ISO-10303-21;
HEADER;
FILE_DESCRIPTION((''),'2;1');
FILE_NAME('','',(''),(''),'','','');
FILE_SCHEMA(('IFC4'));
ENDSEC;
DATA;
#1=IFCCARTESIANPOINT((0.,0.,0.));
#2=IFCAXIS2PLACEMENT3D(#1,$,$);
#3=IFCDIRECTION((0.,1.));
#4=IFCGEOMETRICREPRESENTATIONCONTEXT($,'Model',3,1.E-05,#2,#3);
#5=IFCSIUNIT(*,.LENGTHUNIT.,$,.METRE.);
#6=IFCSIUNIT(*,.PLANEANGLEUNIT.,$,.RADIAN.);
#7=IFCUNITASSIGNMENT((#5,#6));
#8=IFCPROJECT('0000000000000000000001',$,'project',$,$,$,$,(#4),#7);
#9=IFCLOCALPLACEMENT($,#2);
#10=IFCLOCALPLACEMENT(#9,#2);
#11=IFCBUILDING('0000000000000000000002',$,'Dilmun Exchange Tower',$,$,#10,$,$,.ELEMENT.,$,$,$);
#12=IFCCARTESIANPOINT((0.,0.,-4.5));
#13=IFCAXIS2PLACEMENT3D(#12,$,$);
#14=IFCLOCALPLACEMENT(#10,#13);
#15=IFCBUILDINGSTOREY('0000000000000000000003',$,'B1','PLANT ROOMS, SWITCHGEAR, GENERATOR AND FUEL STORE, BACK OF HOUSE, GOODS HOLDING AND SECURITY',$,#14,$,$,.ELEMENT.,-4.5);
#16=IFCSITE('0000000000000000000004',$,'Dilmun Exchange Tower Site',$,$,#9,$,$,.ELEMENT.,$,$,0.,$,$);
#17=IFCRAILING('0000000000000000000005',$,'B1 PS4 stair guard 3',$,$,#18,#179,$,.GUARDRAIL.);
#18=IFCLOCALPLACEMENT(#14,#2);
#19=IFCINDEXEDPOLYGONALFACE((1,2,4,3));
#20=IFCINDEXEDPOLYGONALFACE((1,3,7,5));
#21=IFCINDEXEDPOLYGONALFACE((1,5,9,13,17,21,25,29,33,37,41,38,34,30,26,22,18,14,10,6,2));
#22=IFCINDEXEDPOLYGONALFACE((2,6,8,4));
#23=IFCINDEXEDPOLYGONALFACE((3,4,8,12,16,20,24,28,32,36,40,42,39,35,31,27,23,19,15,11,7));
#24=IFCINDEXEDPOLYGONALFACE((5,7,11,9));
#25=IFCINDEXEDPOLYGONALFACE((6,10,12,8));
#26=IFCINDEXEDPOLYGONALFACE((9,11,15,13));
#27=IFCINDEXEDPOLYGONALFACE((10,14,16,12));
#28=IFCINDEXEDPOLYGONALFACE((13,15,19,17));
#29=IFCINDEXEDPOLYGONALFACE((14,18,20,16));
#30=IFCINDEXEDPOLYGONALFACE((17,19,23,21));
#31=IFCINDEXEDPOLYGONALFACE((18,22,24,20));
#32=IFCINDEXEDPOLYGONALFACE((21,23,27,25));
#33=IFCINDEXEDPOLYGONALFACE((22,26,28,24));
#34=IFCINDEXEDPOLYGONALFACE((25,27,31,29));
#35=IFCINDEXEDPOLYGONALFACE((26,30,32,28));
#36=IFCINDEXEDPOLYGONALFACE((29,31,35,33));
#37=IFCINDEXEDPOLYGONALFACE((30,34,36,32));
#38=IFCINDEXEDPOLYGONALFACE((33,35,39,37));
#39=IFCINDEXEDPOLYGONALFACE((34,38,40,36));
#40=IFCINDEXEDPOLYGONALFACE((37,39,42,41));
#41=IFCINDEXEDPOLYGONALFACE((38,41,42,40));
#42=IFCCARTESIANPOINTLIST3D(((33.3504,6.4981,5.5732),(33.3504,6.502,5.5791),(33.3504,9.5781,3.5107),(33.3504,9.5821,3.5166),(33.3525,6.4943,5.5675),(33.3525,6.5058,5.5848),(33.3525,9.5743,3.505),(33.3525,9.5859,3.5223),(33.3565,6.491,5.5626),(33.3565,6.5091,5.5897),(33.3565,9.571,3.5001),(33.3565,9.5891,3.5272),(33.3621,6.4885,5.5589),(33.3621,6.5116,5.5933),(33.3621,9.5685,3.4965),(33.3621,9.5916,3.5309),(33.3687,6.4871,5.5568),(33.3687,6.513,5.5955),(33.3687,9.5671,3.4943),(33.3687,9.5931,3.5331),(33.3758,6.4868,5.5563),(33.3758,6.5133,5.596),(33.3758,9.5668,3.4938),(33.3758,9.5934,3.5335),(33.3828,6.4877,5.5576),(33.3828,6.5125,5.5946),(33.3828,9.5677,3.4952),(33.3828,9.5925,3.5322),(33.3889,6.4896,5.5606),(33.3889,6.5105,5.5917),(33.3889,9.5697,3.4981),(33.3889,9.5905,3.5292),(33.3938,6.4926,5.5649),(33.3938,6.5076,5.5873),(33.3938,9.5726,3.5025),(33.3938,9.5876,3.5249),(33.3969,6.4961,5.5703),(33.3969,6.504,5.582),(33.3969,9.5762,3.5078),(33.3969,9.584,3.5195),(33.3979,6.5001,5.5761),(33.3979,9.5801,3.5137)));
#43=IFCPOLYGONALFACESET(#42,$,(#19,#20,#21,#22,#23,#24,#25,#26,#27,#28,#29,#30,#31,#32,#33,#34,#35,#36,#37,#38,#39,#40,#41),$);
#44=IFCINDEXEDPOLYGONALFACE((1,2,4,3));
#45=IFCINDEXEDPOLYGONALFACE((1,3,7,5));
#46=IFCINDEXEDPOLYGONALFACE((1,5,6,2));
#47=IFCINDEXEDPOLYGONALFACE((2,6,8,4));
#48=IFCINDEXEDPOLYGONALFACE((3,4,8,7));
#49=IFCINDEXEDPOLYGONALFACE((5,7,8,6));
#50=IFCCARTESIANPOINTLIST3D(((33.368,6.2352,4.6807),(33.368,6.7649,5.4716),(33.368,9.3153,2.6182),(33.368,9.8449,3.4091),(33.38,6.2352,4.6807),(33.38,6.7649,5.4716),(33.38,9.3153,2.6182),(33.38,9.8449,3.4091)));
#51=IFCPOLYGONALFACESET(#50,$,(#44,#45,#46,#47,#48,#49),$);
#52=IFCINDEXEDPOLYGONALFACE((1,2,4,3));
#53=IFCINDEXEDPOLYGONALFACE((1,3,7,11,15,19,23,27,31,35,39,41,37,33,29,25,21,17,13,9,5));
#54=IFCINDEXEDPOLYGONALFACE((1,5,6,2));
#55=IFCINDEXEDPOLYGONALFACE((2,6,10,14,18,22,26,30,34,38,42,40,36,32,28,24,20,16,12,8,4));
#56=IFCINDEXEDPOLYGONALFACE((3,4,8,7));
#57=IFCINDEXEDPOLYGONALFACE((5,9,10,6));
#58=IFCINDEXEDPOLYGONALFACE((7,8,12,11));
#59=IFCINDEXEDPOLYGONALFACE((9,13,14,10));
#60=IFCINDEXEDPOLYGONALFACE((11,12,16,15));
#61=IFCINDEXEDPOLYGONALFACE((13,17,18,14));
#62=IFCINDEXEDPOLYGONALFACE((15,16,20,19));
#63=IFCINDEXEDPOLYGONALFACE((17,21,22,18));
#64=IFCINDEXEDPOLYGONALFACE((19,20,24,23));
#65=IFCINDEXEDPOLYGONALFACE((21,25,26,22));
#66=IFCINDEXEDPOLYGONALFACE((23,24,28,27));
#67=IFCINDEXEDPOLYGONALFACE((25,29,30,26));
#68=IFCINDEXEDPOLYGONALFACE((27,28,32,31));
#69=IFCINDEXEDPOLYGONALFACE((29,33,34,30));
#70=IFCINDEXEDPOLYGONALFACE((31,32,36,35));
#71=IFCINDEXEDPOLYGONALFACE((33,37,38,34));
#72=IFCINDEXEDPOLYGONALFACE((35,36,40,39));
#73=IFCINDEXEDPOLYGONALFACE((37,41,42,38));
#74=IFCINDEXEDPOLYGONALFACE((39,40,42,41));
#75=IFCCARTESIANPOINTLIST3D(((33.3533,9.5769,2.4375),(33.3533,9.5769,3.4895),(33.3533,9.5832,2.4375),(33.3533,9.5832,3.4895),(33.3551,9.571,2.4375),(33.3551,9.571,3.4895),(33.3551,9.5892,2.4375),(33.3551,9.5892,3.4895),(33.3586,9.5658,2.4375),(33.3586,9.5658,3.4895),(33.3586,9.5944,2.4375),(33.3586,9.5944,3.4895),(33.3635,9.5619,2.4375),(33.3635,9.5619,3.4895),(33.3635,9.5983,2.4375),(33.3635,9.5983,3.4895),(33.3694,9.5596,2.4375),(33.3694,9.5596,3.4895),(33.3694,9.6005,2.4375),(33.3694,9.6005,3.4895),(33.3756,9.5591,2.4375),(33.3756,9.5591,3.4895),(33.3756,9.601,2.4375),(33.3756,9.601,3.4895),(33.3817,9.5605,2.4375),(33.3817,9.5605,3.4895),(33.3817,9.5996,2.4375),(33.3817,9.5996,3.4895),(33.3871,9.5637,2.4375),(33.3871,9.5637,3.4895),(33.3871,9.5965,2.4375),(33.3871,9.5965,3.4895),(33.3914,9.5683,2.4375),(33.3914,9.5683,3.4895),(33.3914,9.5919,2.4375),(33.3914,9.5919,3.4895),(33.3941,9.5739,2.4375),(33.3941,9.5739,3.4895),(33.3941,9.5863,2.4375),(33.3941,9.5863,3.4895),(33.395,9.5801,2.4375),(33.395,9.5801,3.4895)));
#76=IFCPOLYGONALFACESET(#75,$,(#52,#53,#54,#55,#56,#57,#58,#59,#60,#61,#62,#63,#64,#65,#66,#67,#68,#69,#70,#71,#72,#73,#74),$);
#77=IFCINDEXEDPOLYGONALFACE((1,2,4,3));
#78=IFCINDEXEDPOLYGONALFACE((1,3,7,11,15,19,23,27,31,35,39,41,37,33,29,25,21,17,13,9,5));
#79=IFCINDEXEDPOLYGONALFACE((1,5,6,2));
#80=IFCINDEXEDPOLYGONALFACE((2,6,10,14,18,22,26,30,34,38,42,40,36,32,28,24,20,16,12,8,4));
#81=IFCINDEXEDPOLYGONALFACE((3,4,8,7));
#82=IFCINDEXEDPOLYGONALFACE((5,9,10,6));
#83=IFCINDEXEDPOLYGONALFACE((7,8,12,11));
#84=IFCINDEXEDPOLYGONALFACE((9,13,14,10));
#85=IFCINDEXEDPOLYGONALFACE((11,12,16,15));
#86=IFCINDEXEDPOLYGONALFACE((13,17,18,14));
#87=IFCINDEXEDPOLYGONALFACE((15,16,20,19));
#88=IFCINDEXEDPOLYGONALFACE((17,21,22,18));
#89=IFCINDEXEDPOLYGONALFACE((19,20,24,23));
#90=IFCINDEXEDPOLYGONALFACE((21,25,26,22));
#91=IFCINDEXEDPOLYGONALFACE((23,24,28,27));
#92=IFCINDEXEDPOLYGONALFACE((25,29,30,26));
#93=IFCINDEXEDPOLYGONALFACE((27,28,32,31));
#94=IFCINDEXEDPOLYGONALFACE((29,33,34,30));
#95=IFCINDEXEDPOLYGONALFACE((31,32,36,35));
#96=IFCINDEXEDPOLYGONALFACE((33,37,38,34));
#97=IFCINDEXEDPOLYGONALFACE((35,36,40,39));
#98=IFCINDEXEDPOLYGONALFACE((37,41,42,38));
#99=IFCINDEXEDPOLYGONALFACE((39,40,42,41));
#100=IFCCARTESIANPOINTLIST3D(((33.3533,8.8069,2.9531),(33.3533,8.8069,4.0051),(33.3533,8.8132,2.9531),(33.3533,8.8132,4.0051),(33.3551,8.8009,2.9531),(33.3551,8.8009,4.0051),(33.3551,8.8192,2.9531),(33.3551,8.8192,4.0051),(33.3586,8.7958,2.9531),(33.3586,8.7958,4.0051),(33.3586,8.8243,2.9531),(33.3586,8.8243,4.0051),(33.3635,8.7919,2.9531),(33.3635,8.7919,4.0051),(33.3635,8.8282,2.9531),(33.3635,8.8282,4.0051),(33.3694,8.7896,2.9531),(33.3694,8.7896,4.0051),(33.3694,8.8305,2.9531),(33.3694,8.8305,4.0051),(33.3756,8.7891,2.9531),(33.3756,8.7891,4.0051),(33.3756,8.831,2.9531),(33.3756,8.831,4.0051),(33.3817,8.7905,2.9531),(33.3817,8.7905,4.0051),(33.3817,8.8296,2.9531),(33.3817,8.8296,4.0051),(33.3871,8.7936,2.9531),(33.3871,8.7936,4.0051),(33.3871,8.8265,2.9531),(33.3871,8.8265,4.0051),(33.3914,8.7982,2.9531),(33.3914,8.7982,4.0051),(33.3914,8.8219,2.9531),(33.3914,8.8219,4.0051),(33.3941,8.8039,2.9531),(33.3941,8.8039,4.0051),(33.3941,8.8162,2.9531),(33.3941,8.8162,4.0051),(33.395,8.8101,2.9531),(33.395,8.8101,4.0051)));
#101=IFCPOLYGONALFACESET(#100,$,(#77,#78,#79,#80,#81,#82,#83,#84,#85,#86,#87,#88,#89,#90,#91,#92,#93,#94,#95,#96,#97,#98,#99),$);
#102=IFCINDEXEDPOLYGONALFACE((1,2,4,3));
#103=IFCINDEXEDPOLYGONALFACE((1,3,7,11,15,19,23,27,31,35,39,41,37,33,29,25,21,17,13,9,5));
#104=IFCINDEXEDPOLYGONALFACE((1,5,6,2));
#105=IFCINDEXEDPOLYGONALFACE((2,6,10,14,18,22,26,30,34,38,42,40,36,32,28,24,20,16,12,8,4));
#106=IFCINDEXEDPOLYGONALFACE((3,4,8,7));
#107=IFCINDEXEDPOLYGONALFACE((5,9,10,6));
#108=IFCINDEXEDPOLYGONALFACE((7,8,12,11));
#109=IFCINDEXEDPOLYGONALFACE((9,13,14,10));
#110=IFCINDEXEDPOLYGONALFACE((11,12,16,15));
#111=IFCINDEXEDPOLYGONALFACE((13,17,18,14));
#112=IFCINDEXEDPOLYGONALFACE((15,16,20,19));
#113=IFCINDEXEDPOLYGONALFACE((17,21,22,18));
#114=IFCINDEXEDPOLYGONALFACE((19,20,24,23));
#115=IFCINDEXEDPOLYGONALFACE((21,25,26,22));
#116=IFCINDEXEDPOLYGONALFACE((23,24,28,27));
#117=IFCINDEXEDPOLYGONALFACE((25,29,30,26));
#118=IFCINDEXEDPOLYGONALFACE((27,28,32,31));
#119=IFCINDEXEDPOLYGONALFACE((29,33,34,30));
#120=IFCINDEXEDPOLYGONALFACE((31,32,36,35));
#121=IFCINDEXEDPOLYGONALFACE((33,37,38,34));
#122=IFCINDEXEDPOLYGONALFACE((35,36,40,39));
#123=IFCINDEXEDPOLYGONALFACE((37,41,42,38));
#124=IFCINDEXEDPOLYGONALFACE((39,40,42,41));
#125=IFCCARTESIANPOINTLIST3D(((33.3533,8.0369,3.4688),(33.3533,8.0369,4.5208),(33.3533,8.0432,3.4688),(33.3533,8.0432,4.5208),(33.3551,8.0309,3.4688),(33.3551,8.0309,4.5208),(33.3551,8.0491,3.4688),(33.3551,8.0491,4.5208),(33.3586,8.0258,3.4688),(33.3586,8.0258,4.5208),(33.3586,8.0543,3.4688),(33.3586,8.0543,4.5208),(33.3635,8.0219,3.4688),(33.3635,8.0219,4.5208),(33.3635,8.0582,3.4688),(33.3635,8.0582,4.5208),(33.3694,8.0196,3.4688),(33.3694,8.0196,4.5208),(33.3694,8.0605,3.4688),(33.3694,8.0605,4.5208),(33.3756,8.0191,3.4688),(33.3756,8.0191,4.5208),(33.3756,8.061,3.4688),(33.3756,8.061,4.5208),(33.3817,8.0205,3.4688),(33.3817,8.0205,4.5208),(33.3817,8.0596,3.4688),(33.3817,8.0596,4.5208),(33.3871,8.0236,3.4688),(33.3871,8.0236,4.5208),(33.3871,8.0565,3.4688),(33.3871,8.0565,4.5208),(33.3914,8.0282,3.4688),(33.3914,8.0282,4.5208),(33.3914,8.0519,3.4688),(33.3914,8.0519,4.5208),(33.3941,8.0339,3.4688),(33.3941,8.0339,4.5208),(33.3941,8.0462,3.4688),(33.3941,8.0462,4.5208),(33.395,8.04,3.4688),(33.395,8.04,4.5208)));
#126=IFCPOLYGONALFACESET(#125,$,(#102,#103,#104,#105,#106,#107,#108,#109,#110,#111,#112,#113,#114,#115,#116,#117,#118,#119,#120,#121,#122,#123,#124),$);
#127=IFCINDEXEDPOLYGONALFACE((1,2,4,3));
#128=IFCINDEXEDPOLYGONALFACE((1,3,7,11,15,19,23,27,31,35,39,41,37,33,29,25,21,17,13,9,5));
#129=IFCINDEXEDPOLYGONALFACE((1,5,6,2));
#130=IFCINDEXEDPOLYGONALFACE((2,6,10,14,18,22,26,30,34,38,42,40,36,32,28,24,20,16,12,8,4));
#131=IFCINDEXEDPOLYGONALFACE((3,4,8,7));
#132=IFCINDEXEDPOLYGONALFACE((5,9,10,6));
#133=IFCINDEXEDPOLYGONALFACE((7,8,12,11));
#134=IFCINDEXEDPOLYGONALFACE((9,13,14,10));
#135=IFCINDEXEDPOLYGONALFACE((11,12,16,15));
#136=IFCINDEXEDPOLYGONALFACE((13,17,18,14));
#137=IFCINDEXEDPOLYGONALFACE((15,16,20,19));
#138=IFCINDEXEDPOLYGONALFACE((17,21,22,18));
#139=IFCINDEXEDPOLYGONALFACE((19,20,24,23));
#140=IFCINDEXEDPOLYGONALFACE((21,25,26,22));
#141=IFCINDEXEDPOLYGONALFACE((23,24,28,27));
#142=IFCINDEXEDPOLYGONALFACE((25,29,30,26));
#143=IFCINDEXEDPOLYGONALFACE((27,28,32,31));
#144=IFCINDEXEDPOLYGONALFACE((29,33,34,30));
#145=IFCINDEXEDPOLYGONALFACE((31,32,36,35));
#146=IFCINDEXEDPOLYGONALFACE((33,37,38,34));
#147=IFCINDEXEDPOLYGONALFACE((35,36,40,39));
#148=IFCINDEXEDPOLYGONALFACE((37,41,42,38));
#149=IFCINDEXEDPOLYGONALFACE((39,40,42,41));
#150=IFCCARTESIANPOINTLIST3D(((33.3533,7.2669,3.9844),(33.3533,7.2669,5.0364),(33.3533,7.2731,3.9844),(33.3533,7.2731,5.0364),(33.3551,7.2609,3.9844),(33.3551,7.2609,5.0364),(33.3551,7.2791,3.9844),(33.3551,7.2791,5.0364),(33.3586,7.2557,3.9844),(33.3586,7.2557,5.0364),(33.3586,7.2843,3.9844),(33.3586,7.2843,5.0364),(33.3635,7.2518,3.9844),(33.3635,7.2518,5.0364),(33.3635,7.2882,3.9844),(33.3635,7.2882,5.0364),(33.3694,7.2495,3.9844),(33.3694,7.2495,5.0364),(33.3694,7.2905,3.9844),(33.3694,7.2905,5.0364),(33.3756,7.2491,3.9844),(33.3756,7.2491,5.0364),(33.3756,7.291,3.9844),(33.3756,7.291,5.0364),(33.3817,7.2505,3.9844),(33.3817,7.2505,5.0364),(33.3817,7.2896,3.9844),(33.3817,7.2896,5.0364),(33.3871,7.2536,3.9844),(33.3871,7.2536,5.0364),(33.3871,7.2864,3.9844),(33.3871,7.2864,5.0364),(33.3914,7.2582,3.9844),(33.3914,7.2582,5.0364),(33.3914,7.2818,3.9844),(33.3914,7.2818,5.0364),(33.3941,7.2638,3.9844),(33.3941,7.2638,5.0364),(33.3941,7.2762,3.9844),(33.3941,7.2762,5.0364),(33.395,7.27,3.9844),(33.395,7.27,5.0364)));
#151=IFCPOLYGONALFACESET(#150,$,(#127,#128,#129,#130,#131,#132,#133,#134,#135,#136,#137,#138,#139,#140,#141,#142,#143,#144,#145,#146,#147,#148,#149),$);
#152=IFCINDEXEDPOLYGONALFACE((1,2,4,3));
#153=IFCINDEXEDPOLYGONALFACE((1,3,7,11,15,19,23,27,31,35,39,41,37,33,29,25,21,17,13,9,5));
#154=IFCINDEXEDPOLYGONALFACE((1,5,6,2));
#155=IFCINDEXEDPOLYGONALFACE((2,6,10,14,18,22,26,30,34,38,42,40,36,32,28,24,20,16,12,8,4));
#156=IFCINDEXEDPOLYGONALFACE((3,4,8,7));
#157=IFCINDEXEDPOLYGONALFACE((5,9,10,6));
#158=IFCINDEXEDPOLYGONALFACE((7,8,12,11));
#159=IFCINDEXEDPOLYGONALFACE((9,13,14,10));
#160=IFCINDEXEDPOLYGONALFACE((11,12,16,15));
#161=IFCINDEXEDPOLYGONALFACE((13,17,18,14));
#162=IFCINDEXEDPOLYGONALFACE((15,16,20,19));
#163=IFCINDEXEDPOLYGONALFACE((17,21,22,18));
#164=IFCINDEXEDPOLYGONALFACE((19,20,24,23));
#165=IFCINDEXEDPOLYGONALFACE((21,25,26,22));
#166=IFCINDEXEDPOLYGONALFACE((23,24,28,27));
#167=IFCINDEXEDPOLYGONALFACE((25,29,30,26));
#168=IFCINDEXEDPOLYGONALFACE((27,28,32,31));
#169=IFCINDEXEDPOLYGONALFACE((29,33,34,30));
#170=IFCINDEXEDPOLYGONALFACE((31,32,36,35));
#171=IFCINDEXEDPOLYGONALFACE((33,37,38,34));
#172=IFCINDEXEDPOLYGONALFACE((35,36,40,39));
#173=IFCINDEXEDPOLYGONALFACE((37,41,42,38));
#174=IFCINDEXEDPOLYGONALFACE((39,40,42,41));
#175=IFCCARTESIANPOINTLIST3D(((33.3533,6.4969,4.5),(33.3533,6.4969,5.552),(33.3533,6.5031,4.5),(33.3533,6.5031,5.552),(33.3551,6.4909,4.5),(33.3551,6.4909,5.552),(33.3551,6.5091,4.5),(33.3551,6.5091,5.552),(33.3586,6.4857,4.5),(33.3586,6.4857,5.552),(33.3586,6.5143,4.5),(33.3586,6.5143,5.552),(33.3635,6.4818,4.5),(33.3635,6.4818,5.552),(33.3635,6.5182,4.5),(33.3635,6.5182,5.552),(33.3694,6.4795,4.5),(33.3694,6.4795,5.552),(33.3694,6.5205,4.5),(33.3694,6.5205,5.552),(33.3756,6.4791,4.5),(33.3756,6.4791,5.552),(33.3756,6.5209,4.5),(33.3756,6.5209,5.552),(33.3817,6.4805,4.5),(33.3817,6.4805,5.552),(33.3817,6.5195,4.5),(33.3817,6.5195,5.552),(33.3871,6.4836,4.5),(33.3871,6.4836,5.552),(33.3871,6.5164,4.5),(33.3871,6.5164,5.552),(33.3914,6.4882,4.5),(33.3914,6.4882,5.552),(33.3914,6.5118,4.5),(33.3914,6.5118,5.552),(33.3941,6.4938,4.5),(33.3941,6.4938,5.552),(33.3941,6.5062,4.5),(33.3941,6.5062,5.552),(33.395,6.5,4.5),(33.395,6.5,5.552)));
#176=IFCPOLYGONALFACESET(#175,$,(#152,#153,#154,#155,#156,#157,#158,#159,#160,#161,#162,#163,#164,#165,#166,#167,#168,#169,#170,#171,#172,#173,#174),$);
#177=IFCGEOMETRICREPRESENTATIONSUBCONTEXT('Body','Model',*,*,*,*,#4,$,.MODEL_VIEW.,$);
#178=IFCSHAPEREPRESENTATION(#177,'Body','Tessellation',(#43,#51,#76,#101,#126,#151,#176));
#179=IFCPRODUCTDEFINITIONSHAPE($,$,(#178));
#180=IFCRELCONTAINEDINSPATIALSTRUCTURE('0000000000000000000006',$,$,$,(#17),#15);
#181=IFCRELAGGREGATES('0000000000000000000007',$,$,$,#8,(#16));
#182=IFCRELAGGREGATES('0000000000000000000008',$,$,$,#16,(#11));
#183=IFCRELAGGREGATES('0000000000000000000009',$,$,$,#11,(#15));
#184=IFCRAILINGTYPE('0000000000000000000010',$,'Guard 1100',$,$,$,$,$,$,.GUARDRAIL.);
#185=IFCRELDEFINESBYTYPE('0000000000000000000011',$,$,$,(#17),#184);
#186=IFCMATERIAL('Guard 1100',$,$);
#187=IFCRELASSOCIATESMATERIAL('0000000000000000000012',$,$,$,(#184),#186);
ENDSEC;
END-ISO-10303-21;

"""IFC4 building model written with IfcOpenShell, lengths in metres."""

from ifc_helpers import new_model, si_unit, direction, frame, origin, origin_2d, place, context, subcontext, project, spatial, rectangle, circle, extrude, material, type_object, element, save


model = new_model("IFC4")

# Units and contexts
model_context = context("Model", 3, precision=1e-05, world=origin(), true_north=direction((0.0, 1.0)))
body_context = subcontext(model_context, "Body", "Model", "MODEL_VIEW")
ifc_project = project(units=[si_unit("LENGTHUNIT", "METRE"), si_unit("PLANEANGLEUNIT", "RADIAN")], contexts=[model_context])

# Site, building, storey
site_placement = place(None, origin())
site = spatial("IfcSite", under=ifc_project, at=site_placement, Name="Dilmun Exchange Tower Site", CompositionType="ELEMENT", RefElevation=0.0)
building_placement = place(site_placement, origin())
building = spatial("IfcBuilding", under=site, at=building_placement, Name="Dilmun Exchange Tower", CompositionType="ELEMENT")
storey_placement = place(building_placement, frame((0.0, 0.0, -4.5)))
storey = spatial("IfcBuildingStorey", under=building, at=storey_placement, Name="B1", Description="PLANT ROOMS, SWITCHGEAR, GENERATOR AND FUEL STORE, BACK OF HOUSE, GOODS HOLDING AND SECURITY", CompositionType="ELEMENT", Elevation=-4.5)

# Railing
ifc_material_1 = material(Name="Guard 1100")
railing_type_1 = type_object("IfcRailingType", Name="Guard 1100", PredefinedType="GUARDRAIL", material=ifc_material_1)
railing_1_placement = place(storey_placement, frame((33.374, 9.5801, 2.4375)))
element("IfcRailing", 1, at=railing_1_placement, inside=storey, type_object=railing_type_1, Name="B1 PS4 stair guard 3", PredefinedType="GUARDRAIL", context=body_context, shape_type="SweptSolid", body=[
    extrude(circle(Radius=0.0239, at=origin_2d()), frame((0.0, 0.0, 1.0762), z_axis=(0.0, -0.830914, 0.556401), x_axis=(1.0, 0.0, 0.0)), (0.0, 0.0, 1.0), 3.7068),
    extrude(rectangle(XDim=0.012, YDim=0.9519, at=origin_2d()), frame((0.0, 0.0, 0.5762), z_axis=(0.0, -0.830914, 0.556401), x_axis=(1.0, 0.0, 0.0)), (0.0, 0.0, 1.0), 3.7068),
    extrude(circle(Radius=0.021, at=origin_2d()), origin(), (0.0, 0.0, 1.0), 1.052),
    extrude(circle(Radius=0.021, at=origin_2d()), frame((0.0, -0.77, 0.5156)), (0.0, 0.0, 1.0), 1.052),
    extrude(circle(Radius=0.021, at=origin_2d()), frame((0.0, -1.54, 1.0312)), (0.0, 0.0, 1.0), 1.052),
    extrude(circle(Radius=0.021, at=origin_2d()), frame((0.0, -2.3101, 1.5469)), (0.0, 0.0, 1.0), 1.052),
    extrude(circle(Radius=0.021, at=origin_2d()), frame((0.0, -3.0801, 2.0625)), (0.0, 0.0, 1.0), 1.052),
])

save(model, "model.ifc")
